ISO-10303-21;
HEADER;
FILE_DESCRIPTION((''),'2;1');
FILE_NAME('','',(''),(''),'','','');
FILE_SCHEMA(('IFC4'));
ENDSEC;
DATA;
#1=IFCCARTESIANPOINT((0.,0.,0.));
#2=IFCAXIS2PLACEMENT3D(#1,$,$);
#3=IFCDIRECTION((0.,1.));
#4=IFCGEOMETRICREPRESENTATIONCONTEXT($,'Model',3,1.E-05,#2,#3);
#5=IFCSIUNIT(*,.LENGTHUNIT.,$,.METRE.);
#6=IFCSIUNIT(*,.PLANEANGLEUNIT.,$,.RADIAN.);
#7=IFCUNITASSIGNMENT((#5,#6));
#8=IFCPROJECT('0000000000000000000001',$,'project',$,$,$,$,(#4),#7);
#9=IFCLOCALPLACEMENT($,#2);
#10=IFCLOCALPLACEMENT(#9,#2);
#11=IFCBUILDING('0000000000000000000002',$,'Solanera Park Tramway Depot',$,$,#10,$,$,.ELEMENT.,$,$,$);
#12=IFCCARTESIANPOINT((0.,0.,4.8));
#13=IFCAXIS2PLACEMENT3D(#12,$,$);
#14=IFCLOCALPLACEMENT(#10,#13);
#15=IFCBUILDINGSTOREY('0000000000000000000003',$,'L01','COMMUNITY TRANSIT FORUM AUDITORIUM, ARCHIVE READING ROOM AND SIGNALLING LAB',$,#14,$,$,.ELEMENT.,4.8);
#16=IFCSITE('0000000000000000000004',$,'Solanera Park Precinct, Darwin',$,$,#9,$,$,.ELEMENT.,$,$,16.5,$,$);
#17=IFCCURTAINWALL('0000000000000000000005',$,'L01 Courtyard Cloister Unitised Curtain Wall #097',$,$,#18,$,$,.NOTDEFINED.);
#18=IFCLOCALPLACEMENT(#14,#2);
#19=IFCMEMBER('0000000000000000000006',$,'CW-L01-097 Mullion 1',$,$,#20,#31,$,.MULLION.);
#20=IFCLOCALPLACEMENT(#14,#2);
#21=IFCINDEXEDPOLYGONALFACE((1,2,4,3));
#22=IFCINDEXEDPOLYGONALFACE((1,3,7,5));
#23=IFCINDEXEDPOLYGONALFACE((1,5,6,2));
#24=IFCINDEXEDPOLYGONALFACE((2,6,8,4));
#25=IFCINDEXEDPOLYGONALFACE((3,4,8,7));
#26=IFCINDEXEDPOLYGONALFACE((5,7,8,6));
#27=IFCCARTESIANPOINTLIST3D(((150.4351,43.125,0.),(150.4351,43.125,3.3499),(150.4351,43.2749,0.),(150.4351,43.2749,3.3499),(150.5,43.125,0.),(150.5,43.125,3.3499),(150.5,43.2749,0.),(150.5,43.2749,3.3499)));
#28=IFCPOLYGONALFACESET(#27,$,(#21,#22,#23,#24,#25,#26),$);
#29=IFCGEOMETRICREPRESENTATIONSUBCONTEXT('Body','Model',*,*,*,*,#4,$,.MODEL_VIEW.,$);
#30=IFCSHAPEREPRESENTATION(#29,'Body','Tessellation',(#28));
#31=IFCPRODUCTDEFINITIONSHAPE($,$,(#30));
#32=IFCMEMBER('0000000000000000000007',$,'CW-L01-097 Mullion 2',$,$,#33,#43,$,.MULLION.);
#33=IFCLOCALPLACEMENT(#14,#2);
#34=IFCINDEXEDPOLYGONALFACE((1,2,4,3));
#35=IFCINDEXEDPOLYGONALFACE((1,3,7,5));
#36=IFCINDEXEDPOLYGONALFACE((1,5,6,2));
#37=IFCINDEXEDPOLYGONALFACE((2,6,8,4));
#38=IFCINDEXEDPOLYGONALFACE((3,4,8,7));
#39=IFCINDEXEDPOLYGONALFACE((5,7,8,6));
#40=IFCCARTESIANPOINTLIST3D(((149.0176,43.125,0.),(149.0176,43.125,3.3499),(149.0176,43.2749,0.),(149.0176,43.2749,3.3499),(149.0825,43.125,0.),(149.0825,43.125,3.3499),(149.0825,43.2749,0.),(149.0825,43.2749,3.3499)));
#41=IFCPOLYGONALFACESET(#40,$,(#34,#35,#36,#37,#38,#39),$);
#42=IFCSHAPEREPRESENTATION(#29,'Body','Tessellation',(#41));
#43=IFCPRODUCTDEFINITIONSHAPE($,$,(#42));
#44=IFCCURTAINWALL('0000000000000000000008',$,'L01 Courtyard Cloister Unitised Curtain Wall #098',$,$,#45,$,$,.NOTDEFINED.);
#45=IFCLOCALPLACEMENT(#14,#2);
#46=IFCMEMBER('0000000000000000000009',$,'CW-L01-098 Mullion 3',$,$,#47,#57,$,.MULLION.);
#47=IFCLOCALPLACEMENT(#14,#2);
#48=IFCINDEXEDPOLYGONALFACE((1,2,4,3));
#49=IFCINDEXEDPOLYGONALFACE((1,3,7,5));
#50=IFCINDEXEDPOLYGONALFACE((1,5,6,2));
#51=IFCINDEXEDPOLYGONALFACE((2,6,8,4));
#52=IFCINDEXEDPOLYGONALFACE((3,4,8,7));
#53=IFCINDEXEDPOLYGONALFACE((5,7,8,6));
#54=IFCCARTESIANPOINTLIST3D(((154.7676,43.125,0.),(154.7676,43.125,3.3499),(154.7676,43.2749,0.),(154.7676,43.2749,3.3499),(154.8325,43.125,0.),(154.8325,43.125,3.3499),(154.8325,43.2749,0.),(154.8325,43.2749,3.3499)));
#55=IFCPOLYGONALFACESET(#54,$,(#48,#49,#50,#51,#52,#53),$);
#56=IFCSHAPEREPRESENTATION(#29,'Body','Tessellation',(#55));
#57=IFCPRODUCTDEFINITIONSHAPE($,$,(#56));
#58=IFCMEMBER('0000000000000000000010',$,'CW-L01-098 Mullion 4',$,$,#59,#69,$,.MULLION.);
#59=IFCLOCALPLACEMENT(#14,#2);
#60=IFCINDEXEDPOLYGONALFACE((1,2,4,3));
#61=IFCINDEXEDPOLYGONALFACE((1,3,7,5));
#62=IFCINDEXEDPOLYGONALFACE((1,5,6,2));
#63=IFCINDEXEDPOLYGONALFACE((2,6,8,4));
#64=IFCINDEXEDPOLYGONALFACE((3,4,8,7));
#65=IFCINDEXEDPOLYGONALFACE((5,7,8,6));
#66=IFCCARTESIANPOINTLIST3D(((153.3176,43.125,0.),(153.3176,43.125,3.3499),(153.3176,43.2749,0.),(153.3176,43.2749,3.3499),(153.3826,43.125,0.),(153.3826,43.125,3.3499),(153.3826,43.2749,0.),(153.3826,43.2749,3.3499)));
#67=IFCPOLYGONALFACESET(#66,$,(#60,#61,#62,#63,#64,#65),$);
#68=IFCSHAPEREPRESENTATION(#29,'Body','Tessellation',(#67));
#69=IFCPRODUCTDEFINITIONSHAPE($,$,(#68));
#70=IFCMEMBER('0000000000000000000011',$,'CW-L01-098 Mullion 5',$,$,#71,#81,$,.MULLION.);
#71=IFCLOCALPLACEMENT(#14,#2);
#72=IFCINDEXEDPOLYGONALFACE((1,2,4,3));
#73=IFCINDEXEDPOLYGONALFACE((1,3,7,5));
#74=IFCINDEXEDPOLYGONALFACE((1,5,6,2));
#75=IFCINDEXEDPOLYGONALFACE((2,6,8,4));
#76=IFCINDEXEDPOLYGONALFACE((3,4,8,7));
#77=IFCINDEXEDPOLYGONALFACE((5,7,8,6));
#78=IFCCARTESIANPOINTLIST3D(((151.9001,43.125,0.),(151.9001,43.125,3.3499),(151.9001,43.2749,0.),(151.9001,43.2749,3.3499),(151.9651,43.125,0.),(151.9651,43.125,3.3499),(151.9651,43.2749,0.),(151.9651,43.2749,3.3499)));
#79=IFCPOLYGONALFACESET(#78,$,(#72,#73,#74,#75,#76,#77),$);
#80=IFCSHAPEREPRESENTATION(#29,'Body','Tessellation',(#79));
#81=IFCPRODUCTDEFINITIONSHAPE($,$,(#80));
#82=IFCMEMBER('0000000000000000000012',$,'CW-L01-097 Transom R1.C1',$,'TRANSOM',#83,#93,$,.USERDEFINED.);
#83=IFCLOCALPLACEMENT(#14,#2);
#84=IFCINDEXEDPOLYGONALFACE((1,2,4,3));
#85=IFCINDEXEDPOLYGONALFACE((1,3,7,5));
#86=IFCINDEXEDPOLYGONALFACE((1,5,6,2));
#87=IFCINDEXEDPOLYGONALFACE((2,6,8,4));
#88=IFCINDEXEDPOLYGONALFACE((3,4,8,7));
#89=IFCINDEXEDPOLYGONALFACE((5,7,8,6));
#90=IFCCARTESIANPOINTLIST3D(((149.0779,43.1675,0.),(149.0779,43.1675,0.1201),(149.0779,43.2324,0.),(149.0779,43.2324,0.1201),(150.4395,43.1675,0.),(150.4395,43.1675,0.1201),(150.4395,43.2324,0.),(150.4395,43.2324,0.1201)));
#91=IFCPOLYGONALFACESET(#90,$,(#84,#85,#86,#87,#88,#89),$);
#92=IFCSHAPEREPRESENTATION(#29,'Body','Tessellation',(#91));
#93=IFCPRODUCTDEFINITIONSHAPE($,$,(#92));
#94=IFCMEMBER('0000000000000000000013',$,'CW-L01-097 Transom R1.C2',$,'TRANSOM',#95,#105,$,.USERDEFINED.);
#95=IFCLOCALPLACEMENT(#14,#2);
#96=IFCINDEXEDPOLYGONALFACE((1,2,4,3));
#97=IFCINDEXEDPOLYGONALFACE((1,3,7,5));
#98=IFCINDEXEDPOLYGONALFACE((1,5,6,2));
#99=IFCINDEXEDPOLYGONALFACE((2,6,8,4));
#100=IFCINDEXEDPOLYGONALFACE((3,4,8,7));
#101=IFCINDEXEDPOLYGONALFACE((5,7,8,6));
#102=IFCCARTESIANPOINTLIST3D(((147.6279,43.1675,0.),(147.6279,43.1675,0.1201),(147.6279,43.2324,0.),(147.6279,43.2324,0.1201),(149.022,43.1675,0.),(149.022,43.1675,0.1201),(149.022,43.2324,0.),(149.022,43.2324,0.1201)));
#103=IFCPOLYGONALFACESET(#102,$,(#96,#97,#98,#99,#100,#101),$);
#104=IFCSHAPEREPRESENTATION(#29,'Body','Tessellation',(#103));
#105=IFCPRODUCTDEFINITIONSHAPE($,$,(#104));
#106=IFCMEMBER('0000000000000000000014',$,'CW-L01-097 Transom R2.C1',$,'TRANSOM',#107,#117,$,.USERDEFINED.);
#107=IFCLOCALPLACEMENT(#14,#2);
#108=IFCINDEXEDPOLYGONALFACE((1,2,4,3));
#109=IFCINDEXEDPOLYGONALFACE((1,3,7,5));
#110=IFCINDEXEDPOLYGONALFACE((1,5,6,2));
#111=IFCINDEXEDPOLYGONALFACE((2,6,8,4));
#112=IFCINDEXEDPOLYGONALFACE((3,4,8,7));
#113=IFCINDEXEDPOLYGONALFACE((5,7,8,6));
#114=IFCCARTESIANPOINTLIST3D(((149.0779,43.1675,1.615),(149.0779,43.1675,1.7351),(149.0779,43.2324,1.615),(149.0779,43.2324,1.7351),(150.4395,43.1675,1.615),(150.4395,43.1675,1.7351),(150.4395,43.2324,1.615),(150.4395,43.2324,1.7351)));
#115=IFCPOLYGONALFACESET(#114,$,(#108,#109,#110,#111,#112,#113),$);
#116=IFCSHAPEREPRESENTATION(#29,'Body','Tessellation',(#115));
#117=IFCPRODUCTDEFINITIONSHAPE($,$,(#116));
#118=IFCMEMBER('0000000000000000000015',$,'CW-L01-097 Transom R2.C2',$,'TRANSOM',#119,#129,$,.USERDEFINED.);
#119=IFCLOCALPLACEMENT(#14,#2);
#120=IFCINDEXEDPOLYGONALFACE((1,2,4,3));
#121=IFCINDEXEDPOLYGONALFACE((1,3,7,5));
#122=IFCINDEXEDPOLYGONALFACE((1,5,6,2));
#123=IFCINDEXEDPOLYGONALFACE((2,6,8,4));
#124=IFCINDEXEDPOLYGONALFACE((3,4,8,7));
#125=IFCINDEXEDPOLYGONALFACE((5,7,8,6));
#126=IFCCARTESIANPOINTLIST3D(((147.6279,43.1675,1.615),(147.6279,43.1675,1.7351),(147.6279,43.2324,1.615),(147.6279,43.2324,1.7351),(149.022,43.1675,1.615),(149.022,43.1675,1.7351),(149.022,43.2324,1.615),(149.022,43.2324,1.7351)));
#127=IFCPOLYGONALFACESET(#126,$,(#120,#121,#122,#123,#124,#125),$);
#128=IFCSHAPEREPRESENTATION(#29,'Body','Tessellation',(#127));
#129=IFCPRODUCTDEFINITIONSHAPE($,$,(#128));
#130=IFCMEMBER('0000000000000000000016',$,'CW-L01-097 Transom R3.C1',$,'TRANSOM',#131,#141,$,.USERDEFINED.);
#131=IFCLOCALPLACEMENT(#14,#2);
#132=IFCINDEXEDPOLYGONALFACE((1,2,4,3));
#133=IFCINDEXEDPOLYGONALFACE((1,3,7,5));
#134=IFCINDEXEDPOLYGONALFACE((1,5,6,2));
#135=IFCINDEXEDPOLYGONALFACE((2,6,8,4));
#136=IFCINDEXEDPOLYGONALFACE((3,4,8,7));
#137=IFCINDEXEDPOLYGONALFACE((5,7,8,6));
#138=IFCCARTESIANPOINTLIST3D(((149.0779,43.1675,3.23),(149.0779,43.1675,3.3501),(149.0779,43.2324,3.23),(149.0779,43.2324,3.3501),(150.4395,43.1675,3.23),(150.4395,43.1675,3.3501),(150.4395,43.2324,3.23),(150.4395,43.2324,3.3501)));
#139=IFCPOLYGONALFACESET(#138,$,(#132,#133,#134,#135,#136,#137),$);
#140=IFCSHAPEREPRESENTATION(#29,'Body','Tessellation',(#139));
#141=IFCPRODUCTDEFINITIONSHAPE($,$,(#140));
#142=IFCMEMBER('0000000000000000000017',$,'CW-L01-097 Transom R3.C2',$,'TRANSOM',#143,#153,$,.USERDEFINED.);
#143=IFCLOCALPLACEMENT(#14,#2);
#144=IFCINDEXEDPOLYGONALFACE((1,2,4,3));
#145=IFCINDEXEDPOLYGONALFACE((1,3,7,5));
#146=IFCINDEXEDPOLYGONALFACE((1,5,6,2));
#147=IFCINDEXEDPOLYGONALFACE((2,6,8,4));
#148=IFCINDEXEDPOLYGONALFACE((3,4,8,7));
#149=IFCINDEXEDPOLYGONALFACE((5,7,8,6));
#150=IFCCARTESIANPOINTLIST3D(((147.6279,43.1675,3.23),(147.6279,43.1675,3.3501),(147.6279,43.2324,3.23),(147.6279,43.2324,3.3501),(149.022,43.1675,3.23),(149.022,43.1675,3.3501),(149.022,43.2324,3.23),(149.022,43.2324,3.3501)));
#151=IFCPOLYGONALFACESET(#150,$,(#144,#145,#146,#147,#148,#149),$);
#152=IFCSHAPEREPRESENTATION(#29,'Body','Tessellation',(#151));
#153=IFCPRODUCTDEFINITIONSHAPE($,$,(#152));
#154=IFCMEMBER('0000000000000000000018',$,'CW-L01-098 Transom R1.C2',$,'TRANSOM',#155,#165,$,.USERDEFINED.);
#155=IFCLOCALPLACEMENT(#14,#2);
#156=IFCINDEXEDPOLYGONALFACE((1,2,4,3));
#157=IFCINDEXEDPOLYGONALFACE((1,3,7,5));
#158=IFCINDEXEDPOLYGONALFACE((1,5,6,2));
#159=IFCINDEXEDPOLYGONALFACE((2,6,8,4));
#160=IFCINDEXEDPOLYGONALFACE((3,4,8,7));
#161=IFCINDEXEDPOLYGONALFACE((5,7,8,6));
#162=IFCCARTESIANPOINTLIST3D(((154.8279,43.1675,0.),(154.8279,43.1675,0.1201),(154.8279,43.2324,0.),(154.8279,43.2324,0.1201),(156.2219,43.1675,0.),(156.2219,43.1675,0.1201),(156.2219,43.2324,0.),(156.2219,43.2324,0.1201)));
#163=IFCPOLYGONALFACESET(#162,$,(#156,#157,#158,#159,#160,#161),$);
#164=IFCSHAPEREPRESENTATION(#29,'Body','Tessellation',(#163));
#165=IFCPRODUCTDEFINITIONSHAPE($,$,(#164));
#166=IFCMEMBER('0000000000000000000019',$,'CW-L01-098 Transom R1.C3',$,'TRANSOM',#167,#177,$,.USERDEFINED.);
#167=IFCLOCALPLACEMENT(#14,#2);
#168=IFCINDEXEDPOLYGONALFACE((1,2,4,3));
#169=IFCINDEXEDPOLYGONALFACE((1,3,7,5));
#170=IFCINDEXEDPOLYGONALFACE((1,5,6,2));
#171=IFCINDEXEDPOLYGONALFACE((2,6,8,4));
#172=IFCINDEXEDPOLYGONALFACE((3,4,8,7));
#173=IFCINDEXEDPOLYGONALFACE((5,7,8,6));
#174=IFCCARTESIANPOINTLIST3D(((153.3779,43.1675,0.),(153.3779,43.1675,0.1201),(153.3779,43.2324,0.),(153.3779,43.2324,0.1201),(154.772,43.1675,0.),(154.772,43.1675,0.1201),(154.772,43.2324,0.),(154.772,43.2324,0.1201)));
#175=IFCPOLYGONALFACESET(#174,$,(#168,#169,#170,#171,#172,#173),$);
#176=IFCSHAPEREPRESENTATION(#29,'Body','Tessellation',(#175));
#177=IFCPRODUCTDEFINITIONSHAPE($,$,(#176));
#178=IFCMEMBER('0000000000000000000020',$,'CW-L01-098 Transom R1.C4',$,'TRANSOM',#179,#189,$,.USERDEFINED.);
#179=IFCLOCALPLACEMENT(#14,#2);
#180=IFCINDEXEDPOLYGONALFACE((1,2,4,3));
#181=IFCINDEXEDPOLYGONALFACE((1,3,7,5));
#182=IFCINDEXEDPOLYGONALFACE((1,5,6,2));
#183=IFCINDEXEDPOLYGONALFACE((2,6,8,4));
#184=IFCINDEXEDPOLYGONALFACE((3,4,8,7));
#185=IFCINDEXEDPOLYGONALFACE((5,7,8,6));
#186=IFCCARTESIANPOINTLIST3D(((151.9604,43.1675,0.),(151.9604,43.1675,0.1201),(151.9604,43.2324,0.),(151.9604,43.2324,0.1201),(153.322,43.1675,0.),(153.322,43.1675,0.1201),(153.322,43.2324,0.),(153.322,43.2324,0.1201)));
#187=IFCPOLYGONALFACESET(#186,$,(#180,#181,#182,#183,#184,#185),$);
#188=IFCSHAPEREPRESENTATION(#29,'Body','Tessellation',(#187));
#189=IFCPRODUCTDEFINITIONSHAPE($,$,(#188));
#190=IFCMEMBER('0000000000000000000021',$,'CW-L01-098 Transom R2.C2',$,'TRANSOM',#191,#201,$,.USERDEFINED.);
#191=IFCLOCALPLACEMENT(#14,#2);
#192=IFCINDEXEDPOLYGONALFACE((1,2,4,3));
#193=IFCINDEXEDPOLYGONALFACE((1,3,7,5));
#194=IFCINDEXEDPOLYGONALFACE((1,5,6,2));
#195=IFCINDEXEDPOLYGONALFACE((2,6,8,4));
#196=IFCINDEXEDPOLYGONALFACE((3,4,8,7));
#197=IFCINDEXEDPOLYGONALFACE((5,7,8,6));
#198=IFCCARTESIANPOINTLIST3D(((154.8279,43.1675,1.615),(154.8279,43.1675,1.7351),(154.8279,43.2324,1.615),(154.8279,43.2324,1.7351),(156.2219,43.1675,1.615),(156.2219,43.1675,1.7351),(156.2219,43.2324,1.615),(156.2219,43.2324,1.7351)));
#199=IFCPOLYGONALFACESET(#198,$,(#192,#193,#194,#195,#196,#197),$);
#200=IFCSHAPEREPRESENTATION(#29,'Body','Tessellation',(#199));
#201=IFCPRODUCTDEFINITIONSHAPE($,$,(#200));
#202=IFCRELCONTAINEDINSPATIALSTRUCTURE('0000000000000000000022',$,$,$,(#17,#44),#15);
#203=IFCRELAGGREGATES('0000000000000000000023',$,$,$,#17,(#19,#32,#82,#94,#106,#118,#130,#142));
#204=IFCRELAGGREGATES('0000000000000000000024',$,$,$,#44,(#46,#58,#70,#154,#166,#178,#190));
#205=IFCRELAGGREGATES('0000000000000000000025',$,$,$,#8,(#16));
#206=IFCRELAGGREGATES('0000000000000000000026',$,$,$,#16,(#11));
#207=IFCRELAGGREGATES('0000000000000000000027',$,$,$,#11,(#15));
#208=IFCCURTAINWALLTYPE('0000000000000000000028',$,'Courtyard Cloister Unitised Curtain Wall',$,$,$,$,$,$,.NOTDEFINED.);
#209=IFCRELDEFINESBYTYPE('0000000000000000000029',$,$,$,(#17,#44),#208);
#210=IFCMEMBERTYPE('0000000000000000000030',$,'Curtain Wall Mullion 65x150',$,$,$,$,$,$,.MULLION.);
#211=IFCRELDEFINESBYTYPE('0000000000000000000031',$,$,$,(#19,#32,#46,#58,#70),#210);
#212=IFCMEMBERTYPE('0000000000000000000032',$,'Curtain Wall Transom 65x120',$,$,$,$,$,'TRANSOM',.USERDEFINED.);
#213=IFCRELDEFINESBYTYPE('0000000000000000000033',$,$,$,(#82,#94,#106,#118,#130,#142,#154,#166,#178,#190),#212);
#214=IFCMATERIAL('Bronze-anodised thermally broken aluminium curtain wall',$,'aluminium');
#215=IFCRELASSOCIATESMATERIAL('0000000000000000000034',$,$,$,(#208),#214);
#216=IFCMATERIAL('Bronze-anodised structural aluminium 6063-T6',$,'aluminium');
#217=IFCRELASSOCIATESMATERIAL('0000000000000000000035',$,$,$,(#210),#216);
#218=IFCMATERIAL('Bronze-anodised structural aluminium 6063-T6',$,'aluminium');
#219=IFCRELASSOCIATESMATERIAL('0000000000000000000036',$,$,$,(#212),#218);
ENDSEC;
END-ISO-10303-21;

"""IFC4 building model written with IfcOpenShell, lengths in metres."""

from ifc_helpers import new_model, si_unit, direction, frame, origin, origin_2d, place, context, subcontext, project, spatial, rectangle, extrude, material, material_profile, profile_set, type_object, element, aggregate, save


model = new_model("IFC4")

# Units and contexts
model_context = context("Model", 3, precision=1e-05, world=origin(), true_north=direction((0.0, 1.0)))
body_context = subcontext(model_context, "Body", "Model", "MODEL_VIEW")
ifc_project = project(units=[si_unit("LENGTHUNIT", "METRE"), si_unit("PLANEANGLEUNIT", "RADIAN")], contexts=[model_context])

# Site, building, storey
site_placement = place(None, origin())
site = spatial("IfcSite", under=ifc_project, at=site_placement, Name="Solanera Park Precinct, Darwin", CompositionType="ELEMENT", RefElevation=16.5)
building_placement = place(site_placement, origin())
building = spatial("IfcBuilding", under=site, at=building_placement, Name="Solanera Park Tramway Depot", CompositionType="ELEMENT")
storey_placement = place(building_placement, frame((0.0, 0.0, 4.8)))
storey = spatial("IfcBuildingStorey", under=building, at=storey_placement, Name="L01", Description="COMMUNITY TRANSIT FORUM AUDITORIUM, ARCHIVE READING ROOM AND SIGNALLING LAB", CompositionType="ELEMENT", Elevation=4.8)

# Curtain walls, members
ifc_material_1 = material(Name="Bronze-anodised thermally broken aluminium curtain wall", Category="aluminium")
curtain_wall_type = type_object("IfcCurtainWallType", Name="Courtyard Cloister Unitised Curtain Wall", PredefinedType="NOTDEFINED", material=ifc_material_1)
curtain_wall_1_placement = place(storey_placement, origin())
curtain_wall_1 = element("IfcCurtainWall", 1, at=curtain_wall_1_placement, inside=storey, type_object=curtain_wall_type, Name="L01 Courtyard Cloister Unitised Curtain Wall #097", PredefinedType="NOTDEFINED")
ifc_material_2 = material(Name="Bronze-anodised structural aluminium 6063-T6", Category="aluminium")
ifc_material_profile_1 = material_profile(ifc_material_2, rectangle(XDim=0.0649, YDim=0.1499, at=origin_2d()), Name="Curtain Wall Mullion 65x150")
ifc_profile_set_1 = profile_set([ifc_material_profile_1], Name="Bronze-anodised structural aluminium 6063-T6")
member_type_1 = type_object("IfcMemberType", Name="Curtain Wall Mullion 65x150", PredefinedType="MULLION", material=ifc_profile_set_1)
member_1_placement = place(storey_placement, frame((150.4675, 43.2, 0.0), z_axis=(0.0, 0.0, 1.0), x_axis=(1.0, 0.0, 0.0)))
member_1 = element("IfcMember", 2, at=member_1_placement, type_object=member_type_1, Name="CW-L01-097 Mullion 1", PredefinedType="MULLION", context=body_context, shape_type="SweptSolid", body=[
    extrude(rectangle(XDim=0.0649, YDim=0.1499, at=origin_2d()), origin(), (0.0, 0.0, 1.0), 3.3499),
])
member_2_placement = place(storey_placement, frame((149.05, 43.2, 0.0), z_axis=(0.0, 0.0, 1.0), x_axis=(1.0, 0.0, 0.0)))
member_2 = element("IfcMember", 3, at=member_2_placement, type_object=member_type_1, Name="CW-L01-097 Mullion 2", PredefinedType="MULLION", context=body_context, shape_type="SweptSolid", body=[
    extrude(rectangle(XDim=0.0649, YDim=0.1499, at=origin_2d()), origin(), (0.0, 0.0, 1.0), 3.3499),
])
curtain_wall_2_placement = place(storey_placement, origin())
curtain_wall_2 = element("IfcCurtainWall", 4, at=curtain_wall_2_placement, inside=storey, type_object=curtain_wall_type, Name="L01 Courtyard Cloister Unitised Curtain Wall #098", PredefinedType="NOTDEFINED")
member_3_placement = place(storey_placement, frame((154.8, 43.2, 0.0), z_axis=(0.0, 0.0, 1.0), x_axis=(1.0, 0.0, 0.0)))
member_3 = element("IfcMember", 5, at=member_3_placement, type_object=member_type_1, Name="CW-L01-098 Mullion 3", PredefinedType="MULLION", context=body_context, shape_type="SweptSolid", body=[
    extrude(rectangle(XDim=0.0649, YDim=0.1499, at=origin_2d()), origin(), (0.0, 0.0, 1.0), 3.3499),
])
member_4_placement = place(storey_placement, frame((153.3501, 43.2, 0.0), z_axis=(0.0, 0.0, 1.0), x_axis=(1.0, 0.0, 0.0)))
member_4 = element("IfcMember", 6, at=member_4_placement, type_object=member_type_1, Name="CW-L01-098 Mullion 4", PredefinedType="MULLION", context=body_context, shape_type="SweptSolid", body=[
    extrude(rectangle(XDim=0.0649, YDim=0.1499, at=origin_2d()), origin(), (0.0, 0.0, 1.0), 3.3499),
])
member_5_placement = place(storey_placement, frame((151.9326, 43.2, 0.0), z_axis=(0.0, 0.0, 1.0), x_axis=(1.0, 0.0, 0.0)))
member_5 = element("IfcMember", 7, at=member_5_placement, type_object=member_type_1, Name="CW-L01-098 Mullion 5", PredefinedType="MULLION", context=body_context, shape_type="SweptSolid", body=[
    extrude(rectangle(XDim=0.0649, YDim=0.1499, at=origin_2d()), origin(), (0.0, 0.0, 1.0), 3.3499),
])

# Members
ifc_material_3 = material(Name="Bronze-anodised structural aluminium 6063-T6", Category="aluminium")
ifc_material_profile_2 = material_profile(ifc_material_3, rectangle(XDim=0.0649, YDim=0.1201, at=origin_2d()), Name="Curtain Wall Transom 65x120")
ifc_profile_set_2 = profile_set([ifc_material_profile_2], Name="Bronze-anodised structural aluminium 6063-T6")
member_type_2 = type_object("IfcMemberType", Name="Curtain Wall Transom 65x120", ElementType="TRANSOM", PredefinedType="USERDEFINED", material=ifc_profile_set_2)
member_6_placement = place(storey_placement, frame((150.4395, 43.2, 0.0601), z_axis=(-1.0, 0.0, 0.0), x_axis=(0.0, -1.0, 0.0)))
member_6 = element("IfcMember", 8, at=member_6_placement, type_object=member_type_2, Name="CW-L01-097 Transom R1.C1", ObjectType="TRANSOM", PredefinedType="USERDEFINED", context=body_context, shape_type="SweptSolid", body=[
    extrude(rectangle(XDim=0.0649, YDim=0.1201, at=origin_2d()), origin(), (0.0, 0.0, 1.0), 1.3616),
])
member_7_placement = place(storey_placement, frame((149.022, 43.2, 0.0601), z_axis=(-1.0, 0.0, 0.0), x_axis=(0.0, -1.0, 0.0)))
member_7 = element("IfcMember", 9, at=member_7_placement, type_object=member_type_2, Name="CW-L01-097 Transom R1.C2", ObjectType="TRANSOM", PredefinedType="USERDEFINED", context=body_context, shape_type="SweptSolid", body=[
    extrude(rectangle(XDim=0.0649, YDim=0.1201, at=origin_2d()), origin(), (0.0, 0.0, 1.0), 1.394),
])
member_8_placement = place(storey_placement, frame((150.4395, 43.2, 1.675), z_axis=(-1.0, 0.0, 0.0), x_axis=(0.0, -1.0, 0.0)))
member_8 = element("IfcMember", 10, at=member_8_placement, type_object=member_type_2, Name="CW-L01-097 Transom R2.C1", ObjectType="TRANSOM", PredefinedType="USERDEFINED", context=body_context, shape_type="SweptSolid", body=[
    extrude(rectangle(XDim=0.0649, YDim=0.1201, at=origin_2d()), origin(), (0.0, 0.0, 1.0), 1.3616),
])
member_9_placement = place(storey_placement, frame((149.022, 43.2, 1.675), z_axis=(-1.0, 0.0, 0.0), x_axis=(0.0, -1.0, 0.0)))
member_9 = element("IfcMember", 11, at=member_9_placement, type_object=member_type_2, Name="CW-L01-097 Transom R2.C2", ObjectType="TRANSOM", PredefinedType="USERDEFINED", context=body_context, shape_type="SweptSolid", body=[
    extrude(rectangle(XDim=0.0649, YDim=0.1201, at=origin_2d()), origin(), (0.0, 0.0, 1.0), 1.394),
])
member_10_placement = place(storey_placement, frame((150.4395, 43.2, 3.29), z_axis=(-1.0, 0.0, 0.0), x_axis=(0.0, -1.0, 0.0)))
member_10 = element("IfcMember", 12, at=member_10_placement, type_object=member_type_2, Name="CW-L01-097 Transom R3.C1", ObjectType="TRANSOM", PredefinedType="USERDEFINED", context=body_context, shape_type="SweptSolid", body=[
    extrude(rectangle(XDim=0.0649, YDim=0.1201, at=origin_2d()), origin(), (0.0, 0.0, 1.0), 1.3616),
])
member_11_placement = place(storey_placement, frame((149.022, 43.2, 3.29), z_axis=(-1.0, 0.0, 0.0), x_axis=(0.0, -1.0, 0.0)))
member_11 = element("IfcMember", 13, at=member_11_placement, type_object=member_type_2, Name="CW-L01-097 Transom R3.C2", ObjectType="TRANSOM", PredefinedType="USERDEFINED", context=body_context, shape_type="SweptSolid", body=[
    extrude(rectangle(XDim=0.0649, YDim=0.1201, at=origin_2d()), origin(), (0.0, 0.0, 1.0), 1.394),
])
member_12_placement = place(storey_placement, frame((156.2219, 43.2, 0.0601), z_axis=(-1.0, 0.0, 0.0), x_axis=(0.0, -1.0, 0.0)))
member_12 = element("IfcMember", 14, at=member_12_placement, type_object=member_type_2, Name="CW-L01-098 Transom R1.C2", ObjectType="TRANSOM", PredefinedType="USERDEFINED", context=body_context, shape_type="SweptSolid", body=[
    extrude(rectangle(XDim=0.0649, YDim=0.1201, at=origin_2d()), origin(), (0.0, 0.0, 1.0), 1.394),
])
member_13_placement = place(storey_placement, frame((154.772, 43.2, 0.0601), z_axis=(-1.0, 0.0, 0.0), x_axis=(0.0, -1.0, 0.0)))
member_13 = element("IfcMember", 15, at=member_13_placement, type_object=member_type_2, Name="CW-L01-098 Transom R1.C3", ObjectType="TRANSOM", PredefinedType="USERDEFINED", context=body_context, shape_type="SweptSolid", body=[
    extrude(rectangle(XDim=0.0649, YDim=0.1201, at=origin_2d()), origin(), (0.0, 0.0, 1.0), 1.394),
])
member_14_placement = place(storey_placement, frame((153.322, 43.2, 0.0601), z_axis=(-1.0, 0.0, 0.0), x_axis=(0.0, -1.0, 0.0)))
member_14 = element("IfcMember", 16, at=member_14_placement, type_object=member_type_2, Name="CW-L01-098 Transom R1.C4", ObjectType="TRANSOM", PredefinedType="USERDEFINED", context=body_context, shape_type="SweptSolid", body=[
    extrude(rectangle(XDim=0.0649, YDim=0.1201, at=origin_2d()), origin(), (0.0, 0.0, 1.0), 1.3616),
])
member_15_placement = place(storey_placement, frame((156.2219, 43.2, 1.675), z_axis=(-1.0, 0.0, 0.0), x_axis=(0.0, -1.0, 0.0)))
member_15 = element("IfcMember", 17, at=member_15_placement, type_object=member_type_2, Name="CW-L01-098 Transom R2.C2", ObjectType="TRANSOM", PredefinedType="USERDEFINED", context=body_context, shape_type="SweptSolid", body=[
    extrude(rectangle(XDim=0.0649, YDim=0.1201, at=origin_2d()), origin(), (0.0, 0.0, 1.0), 1.394),
])

aggregate(curtain_wall_1, [member_1, member_2, member_6, member_7, member_8, member_9, member_10, member_11])
aggregate(curtain_wall_2, [member_3, member_4, member_5, member_12, member_13, member_14, member_15])

save(model, "model.ifc")
